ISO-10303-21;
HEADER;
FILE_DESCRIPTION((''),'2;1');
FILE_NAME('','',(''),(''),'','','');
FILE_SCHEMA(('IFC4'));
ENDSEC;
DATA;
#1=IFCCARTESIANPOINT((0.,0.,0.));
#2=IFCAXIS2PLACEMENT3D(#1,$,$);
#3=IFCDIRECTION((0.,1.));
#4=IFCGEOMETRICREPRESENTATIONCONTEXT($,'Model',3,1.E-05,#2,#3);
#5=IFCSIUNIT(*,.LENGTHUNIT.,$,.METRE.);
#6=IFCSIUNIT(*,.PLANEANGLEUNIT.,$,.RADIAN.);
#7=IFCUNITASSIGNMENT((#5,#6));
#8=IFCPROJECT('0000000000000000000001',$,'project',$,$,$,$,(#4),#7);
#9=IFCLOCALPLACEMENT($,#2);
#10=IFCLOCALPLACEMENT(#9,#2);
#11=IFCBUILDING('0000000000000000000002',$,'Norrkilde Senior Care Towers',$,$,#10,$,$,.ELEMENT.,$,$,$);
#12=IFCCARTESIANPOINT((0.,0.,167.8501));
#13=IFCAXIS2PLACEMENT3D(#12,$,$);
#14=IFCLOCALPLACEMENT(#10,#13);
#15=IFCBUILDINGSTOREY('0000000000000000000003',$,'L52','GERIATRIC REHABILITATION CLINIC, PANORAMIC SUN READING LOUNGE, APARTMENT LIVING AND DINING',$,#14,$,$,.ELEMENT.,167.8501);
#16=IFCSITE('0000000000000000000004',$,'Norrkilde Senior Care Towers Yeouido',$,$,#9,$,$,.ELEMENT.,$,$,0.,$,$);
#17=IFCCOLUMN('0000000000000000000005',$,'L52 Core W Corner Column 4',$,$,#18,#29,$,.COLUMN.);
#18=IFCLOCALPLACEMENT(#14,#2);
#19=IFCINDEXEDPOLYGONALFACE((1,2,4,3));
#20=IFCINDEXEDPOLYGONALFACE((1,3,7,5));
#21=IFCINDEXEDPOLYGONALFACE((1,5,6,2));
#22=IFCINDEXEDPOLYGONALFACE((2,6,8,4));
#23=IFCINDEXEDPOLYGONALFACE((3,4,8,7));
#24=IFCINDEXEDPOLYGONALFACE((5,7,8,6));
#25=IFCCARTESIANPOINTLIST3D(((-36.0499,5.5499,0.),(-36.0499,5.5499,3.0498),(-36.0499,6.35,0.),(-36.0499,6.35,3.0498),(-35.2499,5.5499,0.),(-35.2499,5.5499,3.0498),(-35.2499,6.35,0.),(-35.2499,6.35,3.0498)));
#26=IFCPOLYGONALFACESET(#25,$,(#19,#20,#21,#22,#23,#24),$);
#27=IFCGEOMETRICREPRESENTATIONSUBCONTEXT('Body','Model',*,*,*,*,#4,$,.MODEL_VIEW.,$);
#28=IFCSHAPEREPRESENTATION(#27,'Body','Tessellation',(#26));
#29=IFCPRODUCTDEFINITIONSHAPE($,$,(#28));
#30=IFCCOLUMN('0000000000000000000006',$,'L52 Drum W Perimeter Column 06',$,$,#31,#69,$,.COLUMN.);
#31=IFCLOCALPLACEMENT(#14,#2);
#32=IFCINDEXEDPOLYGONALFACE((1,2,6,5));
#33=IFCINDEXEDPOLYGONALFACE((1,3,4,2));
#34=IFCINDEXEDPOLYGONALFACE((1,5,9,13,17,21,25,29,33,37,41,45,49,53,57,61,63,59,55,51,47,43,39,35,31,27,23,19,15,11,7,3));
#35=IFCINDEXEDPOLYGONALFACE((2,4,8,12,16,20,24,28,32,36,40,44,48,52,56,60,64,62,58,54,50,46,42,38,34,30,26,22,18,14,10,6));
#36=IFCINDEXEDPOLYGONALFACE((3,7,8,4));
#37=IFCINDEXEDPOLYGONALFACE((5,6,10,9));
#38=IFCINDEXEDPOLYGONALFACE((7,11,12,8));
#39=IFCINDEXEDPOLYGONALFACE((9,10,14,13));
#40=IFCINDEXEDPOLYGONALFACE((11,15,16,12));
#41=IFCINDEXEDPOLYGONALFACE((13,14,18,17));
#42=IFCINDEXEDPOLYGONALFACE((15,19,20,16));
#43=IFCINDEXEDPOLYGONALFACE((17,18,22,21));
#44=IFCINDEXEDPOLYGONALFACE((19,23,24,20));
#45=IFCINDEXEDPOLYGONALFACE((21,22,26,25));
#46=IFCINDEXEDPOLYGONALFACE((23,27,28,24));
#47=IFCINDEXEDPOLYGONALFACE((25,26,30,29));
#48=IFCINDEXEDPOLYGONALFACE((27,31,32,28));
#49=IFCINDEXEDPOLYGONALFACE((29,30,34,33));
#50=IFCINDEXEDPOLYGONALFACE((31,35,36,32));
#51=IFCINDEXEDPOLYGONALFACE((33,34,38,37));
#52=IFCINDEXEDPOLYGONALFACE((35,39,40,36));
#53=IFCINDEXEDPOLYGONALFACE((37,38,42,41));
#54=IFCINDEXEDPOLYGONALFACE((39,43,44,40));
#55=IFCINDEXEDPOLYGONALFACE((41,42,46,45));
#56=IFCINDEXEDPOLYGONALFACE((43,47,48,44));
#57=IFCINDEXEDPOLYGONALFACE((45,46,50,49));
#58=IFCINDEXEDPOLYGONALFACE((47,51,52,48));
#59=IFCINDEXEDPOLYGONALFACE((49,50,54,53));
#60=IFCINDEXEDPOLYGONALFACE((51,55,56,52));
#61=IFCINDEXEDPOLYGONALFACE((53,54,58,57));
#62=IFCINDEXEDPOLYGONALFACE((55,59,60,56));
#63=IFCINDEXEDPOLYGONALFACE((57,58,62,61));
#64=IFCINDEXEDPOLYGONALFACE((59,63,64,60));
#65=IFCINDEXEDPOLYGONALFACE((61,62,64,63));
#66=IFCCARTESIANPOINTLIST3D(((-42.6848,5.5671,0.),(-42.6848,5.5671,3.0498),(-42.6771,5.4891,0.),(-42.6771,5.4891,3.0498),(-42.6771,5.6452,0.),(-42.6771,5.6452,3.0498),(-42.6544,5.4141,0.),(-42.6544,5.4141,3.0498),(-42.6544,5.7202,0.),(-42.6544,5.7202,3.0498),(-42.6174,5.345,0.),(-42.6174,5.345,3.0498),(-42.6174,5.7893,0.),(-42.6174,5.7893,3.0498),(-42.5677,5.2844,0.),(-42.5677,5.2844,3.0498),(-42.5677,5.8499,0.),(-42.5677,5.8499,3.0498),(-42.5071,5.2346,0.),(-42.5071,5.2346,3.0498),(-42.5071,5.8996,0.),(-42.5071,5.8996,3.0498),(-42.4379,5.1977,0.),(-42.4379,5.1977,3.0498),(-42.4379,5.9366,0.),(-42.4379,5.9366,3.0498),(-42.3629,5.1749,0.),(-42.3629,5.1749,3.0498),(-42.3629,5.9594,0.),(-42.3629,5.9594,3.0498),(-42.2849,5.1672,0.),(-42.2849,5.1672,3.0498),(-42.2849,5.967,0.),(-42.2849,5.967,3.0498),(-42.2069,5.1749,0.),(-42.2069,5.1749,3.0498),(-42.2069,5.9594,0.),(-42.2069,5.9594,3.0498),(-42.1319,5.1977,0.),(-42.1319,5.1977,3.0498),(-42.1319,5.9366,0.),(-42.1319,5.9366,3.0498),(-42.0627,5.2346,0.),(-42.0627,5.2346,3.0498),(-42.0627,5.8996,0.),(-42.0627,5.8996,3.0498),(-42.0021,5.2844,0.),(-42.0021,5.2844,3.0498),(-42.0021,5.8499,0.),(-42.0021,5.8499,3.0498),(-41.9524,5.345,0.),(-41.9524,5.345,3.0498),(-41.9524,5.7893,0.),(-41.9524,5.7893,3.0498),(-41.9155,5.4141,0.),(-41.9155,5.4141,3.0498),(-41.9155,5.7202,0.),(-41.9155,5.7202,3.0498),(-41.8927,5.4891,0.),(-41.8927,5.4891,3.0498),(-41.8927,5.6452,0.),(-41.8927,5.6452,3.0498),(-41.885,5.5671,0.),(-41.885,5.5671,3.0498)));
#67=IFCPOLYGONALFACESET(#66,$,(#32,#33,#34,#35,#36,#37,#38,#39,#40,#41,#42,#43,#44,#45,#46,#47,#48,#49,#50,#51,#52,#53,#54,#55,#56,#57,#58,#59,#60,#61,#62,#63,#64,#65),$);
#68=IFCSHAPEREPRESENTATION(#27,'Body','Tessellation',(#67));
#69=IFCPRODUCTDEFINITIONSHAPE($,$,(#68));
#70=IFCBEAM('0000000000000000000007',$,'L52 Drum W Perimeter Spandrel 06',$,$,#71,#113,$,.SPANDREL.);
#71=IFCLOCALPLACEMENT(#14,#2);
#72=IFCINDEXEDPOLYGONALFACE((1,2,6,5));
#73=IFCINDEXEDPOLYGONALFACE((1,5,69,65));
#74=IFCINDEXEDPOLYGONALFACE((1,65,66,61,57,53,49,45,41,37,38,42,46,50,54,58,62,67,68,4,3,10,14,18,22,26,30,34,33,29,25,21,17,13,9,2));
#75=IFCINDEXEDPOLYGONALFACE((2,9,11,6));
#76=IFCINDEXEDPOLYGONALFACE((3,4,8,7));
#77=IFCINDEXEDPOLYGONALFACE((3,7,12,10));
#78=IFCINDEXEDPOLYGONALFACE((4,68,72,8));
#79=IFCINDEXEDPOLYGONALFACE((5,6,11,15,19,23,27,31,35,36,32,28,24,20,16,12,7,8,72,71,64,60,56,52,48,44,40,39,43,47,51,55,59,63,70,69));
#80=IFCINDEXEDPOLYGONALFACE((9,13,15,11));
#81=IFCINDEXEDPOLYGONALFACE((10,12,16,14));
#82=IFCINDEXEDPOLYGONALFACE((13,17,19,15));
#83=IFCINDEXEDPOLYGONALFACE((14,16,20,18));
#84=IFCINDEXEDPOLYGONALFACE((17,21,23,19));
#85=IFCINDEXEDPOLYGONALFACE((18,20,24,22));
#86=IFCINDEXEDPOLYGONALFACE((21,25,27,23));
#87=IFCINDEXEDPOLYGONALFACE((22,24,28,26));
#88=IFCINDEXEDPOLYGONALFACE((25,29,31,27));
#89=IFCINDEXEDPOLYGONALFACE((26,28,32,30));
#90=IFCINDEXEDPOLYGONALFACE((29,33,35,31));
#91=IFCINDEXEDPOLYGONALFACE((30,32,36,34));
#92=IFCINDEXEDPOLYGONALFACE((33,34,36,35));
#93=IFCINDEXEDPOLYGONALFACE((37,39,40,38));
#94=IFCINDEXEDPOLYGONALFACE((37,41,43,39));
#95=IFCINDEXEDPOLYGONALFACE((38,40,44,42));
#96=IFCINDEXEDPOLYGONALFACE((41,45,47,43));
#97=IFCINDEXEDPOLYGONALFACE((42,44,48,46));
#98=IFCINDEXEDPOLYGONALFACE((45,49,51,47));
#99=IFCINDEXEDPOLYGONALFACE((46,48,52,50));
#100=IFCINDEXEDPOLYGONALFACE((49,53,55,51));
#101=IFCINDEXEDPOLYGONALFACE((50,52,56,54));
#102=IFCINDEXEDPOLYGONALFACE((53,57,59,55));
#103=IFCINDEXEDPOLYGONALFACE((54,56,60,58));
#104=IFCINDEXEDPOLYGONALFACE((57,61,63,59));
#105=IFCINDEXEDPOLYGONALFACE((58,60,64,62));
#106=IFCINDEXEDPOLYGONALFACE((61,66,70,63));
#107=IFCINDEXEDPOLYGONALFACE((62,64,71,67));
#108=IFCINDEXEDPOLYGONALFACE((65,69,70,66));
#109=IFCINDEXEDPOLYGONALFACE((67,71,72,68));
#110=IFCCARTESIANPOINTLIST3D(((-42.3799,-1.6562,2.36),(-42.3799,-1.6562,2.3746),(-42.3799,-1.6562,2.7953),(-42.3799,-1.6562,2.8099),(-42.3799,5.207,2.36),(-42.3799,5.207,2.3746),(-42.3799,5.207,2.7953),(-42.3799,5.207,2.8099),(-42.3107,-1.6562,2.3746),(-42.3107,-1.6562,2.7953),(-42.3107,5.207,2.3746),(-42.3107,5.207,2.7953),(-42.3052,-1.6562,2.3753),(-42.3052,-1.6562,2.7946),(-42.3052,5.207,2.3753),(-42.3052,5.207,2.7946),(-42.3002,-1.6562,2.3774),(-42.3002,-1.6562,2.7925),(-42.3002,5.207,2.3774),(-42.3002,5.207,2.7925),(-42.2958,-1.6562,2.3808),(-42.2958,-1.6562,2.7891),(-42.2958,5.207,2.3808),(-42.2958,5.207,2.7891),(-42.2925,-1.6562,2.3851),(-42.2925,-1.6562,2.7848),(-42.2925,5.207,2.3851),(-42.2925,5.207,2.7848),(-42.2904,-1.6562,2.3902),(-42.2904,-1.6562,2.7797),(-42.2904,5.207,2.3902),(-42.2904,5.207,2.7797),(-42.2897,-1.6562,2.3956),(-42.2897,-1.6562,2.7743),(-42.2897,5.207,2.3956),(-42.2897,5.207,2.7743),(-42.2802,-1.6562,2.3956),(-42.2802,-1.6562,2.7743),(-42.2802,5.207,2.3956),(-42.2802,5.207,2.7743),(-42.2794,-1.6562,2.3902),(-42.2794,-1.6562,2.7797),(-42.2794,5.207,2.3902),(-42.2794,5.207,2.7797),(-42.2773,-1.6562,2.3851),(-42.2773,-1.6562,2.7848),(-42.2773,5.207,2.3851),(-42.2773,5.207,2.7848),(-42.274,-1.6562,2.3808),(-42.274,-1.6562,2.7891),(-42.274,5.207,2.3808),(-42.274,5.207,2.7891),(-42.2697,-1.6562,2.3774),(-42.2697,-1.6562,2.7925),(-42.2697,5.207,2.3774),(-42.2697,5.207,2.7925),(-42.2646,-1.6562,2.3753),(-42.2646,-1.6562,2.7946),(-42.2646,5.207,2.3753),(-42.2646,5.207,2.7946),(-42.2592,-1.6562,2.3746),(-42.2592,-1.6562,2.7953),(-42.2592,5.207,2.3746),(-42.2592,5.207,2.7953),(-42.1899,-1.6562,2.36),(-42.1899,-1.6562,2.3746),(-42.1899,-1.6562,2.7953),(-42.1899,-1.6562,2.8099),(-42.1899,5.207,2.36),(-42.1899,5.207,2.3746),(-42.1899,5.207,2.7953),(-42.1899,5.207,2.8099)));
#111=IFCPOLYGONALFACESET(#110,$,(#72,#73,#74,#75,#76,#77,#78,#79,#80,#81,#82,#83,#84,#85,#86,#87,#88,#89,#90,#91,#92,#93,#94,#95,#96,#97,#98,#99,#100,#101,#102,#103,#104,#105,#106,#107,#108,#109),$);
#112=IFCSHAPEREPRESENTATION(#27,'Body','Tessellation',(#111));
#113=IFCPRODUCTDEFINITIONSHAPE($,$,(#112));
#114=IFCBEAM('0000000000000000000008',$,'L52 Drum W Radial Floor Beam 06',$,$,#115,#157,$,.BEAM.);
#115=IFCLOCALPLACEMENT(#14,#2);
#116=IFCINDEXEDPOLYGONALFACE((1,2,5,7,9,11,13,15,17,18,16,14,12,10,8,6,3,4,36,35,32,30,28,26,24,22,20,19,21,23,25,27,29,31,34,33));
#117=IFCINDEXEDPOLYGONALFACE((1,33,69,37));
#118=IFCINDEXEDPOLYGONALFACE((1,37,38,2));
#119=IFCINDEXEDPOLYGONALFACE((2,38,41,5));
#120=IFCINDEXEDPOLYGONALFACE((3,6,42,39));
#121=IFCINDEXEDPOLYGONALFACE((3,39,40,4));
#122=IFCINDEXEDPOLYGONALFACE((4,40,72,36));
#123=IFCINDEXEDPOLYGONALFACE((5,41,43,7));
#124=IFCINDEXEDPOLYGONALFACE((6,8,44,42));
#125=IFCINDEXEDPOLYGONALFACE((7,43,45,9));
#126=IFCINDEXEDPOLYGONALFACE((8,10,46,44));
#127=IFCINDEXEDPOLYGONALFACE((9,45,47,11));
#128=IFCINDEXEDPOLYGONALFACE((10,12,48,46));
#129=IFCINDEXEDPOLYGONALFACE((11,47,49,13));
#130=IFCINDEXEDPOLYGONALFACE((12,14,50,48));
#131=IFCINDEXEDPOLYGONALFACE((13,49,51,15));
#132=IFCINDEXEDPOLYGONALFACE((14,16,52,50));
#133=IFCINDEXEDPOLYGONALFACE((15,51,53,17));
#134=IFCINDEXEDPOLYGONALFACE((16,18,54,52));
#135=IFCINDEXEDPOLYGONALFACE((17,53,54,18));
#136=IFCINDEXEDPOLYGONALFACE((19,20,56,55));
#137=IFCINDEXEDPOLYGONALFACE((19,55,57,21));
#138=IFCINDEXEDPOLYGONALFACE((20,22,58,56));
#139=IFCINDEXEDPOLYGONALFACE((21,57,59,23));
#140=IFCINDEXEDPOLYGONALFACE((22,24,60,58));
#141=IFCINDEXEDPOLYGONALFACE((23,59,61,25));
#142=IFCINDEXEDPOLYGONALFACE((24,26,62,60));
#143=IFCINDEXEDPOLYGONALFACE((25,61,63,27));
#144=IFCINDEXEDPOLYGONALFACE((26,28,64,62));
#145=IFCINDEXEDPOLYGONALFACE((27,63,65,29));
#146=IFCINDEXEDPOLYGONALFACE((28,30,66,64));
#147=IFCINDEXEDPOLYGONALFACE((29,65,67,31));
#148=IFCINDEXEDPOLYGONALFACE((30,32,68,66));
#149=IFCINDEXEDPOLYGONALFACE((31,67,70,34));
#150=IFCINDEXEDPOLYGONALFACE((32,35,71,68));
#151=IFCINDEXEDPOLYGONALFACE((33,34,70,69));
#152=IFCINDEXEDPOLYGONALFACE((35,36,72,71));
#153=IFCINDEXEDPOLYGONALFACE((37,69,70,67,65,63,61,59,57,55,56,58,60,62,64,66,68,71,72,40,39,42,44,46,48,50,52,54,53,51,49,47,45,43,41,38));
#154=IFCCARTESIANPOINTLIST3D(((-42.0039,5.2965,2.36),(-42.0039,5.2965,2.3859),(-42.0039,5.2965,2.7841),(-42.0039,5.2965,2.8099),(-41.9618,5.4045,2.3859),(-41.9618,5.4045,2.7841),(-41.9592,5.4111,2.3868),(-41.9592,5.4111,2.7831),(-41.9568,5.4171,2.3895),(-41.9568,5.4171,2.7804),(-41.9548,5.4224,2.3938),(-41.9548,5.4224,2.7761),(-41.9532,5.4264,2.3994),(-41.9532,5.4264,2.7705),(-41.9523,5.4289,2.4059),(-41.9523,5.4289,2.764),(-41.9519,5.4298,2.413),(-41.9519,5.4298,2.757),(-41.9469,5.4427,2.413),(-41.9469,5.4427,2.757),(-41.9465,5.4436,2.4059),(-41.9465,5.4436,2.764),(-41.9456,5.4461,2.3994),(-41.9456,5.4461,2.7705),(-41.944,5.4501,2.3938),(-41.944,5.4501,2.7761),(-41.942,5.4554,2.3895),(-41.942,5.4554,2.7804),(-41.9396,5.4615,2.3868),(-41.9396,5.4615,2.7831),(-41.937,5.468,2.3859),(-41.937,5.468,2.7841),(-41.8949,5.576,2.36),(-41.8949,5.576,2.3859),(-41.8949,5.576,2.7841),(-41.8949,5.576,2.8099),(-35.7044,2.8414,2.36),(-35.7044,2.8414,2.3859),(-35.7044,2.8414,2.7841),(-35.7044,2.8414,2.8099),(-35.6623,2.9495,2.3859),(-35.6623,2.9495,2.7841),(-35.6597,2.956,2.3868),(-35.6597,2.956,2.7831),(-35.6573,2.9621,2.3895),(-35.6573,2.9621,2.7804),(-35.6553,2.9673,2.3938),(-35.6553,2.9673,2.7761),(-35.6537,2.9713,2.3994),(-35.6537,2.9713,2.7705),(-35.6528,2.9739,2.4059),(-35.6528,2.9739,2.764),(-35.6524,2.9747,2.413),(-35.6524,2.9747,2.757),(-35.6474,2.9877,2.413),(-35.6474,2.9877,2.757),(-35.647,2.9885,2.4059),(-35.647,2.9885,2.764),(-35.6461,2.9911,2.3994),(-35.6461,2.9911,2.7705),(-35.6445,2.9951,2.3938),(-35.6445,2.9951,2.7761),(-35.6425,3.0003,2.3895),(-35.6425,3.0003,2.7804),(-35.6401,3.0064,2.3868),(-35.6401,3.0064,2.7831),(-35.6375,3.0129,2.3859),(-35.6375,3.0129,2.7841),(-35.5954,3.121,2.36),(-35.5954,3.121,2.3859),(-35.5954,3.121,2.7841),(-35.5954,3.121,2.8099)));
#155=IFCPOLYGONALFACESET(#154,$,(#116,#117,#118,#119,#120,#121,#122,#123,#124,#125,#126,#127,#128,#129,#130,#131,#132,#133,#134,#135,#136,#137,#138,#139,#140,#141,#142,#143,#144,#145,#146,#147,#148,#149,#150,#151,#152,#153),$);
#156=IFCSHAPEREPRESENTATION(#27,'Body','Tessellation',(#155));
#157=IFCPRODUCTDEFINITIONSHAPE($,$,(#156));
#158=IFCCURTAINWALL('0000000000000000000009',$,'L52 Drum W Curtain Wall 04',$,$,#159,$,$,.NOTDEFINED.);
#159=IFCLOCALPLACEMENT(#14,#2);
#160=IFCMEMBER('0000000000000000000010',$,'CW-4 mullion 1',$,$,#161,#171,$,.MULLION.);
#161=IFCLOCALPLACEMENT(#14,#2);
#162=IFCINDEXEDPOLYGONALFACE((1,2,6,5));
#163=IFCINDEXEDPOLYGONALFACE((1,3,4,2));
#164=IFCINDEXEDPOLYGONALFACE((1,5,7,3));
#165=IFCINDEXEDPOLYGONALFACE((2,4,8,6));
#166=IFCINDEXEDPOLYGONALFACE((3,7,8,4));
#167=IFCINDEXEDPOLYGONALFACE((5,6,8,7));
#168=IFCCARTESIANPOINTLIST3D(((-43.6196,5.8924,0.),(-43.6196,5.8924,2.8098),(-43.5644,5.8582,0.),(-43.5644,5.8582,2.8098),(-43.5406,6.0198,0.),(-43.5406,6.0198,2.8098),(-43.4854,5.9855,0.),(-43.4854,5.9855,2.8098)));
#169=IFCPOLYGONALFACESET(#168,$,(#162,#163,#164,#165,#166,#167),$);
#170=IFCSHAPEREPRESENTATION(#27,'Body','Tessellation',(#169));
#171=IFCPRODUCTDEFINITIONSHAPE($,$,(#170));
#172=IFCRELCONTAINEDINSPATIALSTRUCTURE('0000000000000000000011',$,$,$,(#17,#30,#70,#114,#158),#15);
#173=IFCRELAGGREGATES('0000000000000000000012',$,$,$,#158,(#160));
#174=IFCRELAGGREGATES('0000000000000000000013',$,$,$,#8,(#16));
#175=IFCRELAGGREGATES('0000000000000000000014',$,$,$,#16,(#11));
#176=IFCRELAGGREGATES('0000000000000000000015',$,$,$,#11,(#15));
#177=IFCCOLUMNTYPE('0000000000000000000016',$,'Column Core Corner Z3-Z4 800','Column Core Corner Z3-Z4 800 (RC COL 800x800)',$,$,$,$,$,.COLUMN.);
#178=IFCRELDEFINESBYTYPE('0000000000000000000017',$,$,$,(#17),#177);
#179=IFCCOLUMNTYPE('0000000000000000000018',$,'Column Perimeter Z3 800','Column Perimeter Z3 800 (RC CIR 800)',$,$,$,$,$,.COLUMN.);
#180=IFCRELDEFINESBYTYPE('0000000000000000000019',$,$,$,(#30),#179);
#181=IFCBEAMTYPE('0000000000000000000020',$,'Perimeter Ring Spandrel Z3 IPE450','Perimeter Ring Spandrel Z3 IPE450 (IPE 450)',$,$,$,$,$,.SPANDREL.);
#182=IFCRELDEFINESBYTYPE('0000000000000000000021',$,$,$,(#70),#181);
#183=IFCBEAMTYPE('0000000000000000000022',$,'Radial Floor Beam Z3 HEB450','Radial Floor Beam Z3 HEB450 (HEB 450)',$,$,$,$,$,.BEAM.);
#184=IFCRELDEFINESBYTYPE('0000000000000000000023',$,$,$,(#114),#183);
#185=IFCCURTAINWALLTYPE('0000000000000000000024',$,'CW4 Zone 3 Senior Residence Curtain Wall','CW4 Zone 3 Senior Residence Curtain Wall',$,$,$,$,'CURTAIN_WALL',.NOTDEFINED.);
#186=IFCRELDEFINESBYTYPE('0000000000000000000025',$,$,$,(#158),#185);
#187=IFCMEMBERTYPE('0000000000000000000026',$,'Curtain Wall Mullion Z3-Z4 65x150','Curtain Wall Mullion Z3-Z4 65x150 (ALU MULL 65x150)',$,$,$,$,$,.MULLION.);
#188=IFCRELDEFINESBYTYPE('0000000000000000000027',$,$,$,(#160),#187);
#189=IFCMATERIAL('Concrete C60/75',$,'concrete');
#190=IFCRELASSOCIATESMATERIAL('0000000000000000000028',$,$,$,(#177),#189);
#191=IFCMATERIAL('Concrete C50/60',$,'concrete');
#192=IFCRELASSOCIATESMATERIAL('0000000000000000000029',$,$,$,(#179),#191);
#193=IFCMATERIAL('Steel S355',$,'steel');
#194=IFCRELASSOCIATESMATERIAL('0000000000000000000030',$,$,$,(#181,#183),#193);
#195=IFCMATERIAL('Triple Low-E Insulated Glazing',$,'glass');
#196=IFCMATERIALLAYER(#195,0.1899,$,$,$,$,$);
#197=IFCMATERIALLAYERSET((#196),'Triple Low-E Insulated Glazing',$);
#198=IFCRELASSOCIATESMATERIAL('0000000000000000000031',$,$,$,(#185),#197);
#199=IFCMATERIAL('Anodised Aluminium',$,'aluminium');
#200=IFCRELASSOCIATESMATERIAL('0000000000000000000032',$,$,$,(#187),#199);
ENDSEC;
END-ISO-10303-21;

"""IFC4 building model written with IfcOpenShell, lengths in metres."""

from ifc_helpers import new_model, si_unit, direction, frame, origin, origin_2d, place, context, subcontext, project, spatial, rectangle, circle, i_section, extrude, source, transform, mapped, material, layer, layer_set, material_profile, profile_set, type_object, type_shapes, element, aggregate, save


model = new_model("IFC4")

# Units and contexts
model_context = context("Model", 3, precision=1e-05, world=origin(), true_north=direction((0.0, 1.0)))
body_context = subcontext(model_context, "Body", "Model", "MODEL_VIEW")
ifc_project = project(units=[si_unit("LENGTHUNIT", "METRE"), si_unit("PLANEANGLEUNIT", "RADIAN")], contexts=[model_context])

# Site, building, storey
site_placement = place(None, origin())
site = spatial("IfcSite", under=ifc_project, at=site_placement, Name="Norrkilde Senior Care Towers Yeouido", CompositionType="ELEMENT", RefElevation=0.0)
building_placement = place(site_placement, origin())
building = spatial("IfcBuilding", under=site, at=building_placement, Name="Norrkilde Senior Care Towers", CompositionType="ELEMENT")
storey_placement = place(building_placement, frame((0.0, 0.0, 167.8501)))
storey = spatial("IfcBuildingStorey", under=building, at=storey_placement, Name="L52", Description="GERIATRIC REHABILITATION CLINIC, PANORAMIC SUN READING LOUNGE, APARTMENT LIVING AND DINING", CompositionType="ELEMENT", Elevation=167.8501)

# Columns
ifc_material_1 = material(Name="Concrete C60/75", Category="concrete")
ifc_material_profile_1 = material_profile(ifc_material_1, rectangle(XDim=0.8, YDim=0.8, at=origin_2d()), Name="RC COL 800x800")
ifc_profile_set_1 = profile_set([ifc_material_profile_1], Name="Concrete C60/75")
column_type_1 = type_object("IfcColumnType", Name="Column Core Corner Z3-Z4 800", Description="Column Core Corner Z3-Z4 800 (RC COL 800x800)", PredefinedType="COLUMN", material=ifc_profile_set_1)
shared_shape_1 = source(origin(), body_context, "Body", "SweptSolid", [
    extrude(rectangle(XDim=0.8, YDim=0.8, at=origin_2d()), origin(), (0.0, 0.0, 1.0), 3.0498),
])
type_shapes(column_type_1, [shared_shape_1])
column_1_placement = place(storey_placement, frame((-35.6499, 5.95, 0.0), z_axis=(0.0, 0.0, 1.0), x_axis=(1.0, 0.0, 0.0)))
element("IfcColumn", 1, at=column_1_placement, inside=storey, type_object=column_type_1, Name="L52 Core W Corner Column 4", PredefinedType="COLUMN", context=body_context, shape_type="MappedRepresentation", body=[
    mapped(shared_shape_1, transform((0.0, 0.0, 0.0), x_axis=(1.0, 0.0, 0.0), y_axis=(0.0, 1.0, 0.0), z_axis=(0.0, 0.0, 1.0), scale=1.0)),
])
ifc_material_2 = material(Name="Concrete C50/60", Category="concrete")
ifc_material_profile_2 = material_profile(ifc_material_2, circle(Radius=0.3999, at=origin_2d()), Name="RC CIR 800")
ifc_profile_set_2 = profile_set([ifc_material_profile_2], Name="Concrete C50/60")
column_type_2 = type_object("IfcColumnType", Name="Column Perimeter Z3 800", Description="Column Perimeter Z3 800 (RC CIR 800)", PredefinedType="COLUMN", material=ifc_profile_set_2)
shared_shape_2 = source(origin(), body_context, "Body", "SweptSolid", [
    extrude(circle(Radius=0.3999, at=origin_2d()), origin(), (0.0, 0.0, 1.0), 3.0498),
])
type_shapes(column_type_2, [shared_shape_2])
column_2_placement = place(storey_placement, frame((-42.2849, 5.5671, 0.0), z_axis=(0.0, 0.0, 1.0), x_axis=(1.0, 0.0, 0.0)))
element("IfcColumn", 2, at=column_2_placement, inside=storey, type_object=column_type_2, Name="L52 Drum W Perimeter Column 06", PredefinedType="COLUMN", context=body_context, shape_type="MappedRepresentation", body=[
    mapped(shared_shape_2, transform((0.0, 0.0, 0.0), x_axis=(1.0, 0.0, 0.0), y_axis=(0.0, 1.0, 0.0), z_axis=(0.0, 0.0, 1.0), scale=1.0)),
])

# Beams
ifc_material_3 = material(Name="Steel S355", Category="steel")
ifc_material_profile_3 = material_profile(ifc_material_3, i_section(OverallWidth=0.1899, OverallDepth=0.45, WebThickness=0.0095, FlangeThickness=0.0146, FilletRadius=0.021, at=origin_2d()), Name="IPE 450")
ifc_profile_set_3 = profile_set([ifc_material_profile_3], Name="Steel S355")
beam_type_1 = type_object("IfcBeamType", Name="Perimeter Ring Spandrel Z3 IPE450", Description="Perimeter Ring Spandrel Z3 IPE450 (IPE 450)", PredefinedType="SPANDREL", material=ifc_profile_set_3)
shared_shape_3 = source(origin(), body_context, "Body", "SweptSolid", [
    extrude(i_section(OverallWidth=0.1899, OverallDepth=0.45, WebThickness=0.0095, FlangeThickness=0.0146, FilletRadius=0.021, at=origin_2d()), origin(), (0.0, 0.0, 1.0), 6.8633),
])
type_shapes(beam_type_1, [shared_shape_3])
beam_1_placement = place(storey_placement, frame((-42.2849, 5.207, 2.585), z_axis=(0.0, -1.0, 0.0), x_axis=(1.0, 0.0, 0.0)))
element("IfcBeam", 3, at=beam_1_placement, inside=storey, type_object=beam_type_1, Name="L52 Drum W Perimeter Spandrel 06", PredefinedType="SPANDREL", context=body_context, shape_type="MappedRepresentation", body=[
    mapped(shared_shape_3, transform((0.0, 0.0, 0.0), x_axis=(1.0, 0.0, 0.0), y_axis=(0.0, 1.0, 0.0), z_axis=(0.0, 0.0, 1.0), scale=1.0)),
])
ifc_material_profile_4 = material_profile(ifc_material_3, i_section(OverallWidth=0.3, OverallDepth=0.45, WebThickness=0.0139, FlangeThickness=0.0259, FilletRadius=0.0271, at=origin_2d()), Name="HEB 450")
ifc_profile_set_4 = profile_set([ifc_material_profile_4], Name="Steel S355")
beam_type_2 = type_object("IfcBeamType", Name="Radial Floor Beam Z3 HEB450", Description="Radial Floor Beam Z3 HEB450 (HEB 450)", PredefinedType="BEAM", material=ifc_profile_set_4)
shared_shape_4 = source(origin(), body_context, "Body", "SweptSolid", [
    extrude(i_section(OverallWidth=0.3, OverallDepth=0.45, WebThickness=0.0139, FlangeThickness=0.0259, FilletRadius=0.0271, at=origin_2d()), origin(), (0.0, 0.0, 1.0), 6.761),
])
type_shapes(beam_type_2, [shared_shape_4])
beam_2_placement = place(storey_placement, frame((-35.6499, 2.9812, 2.585), z_axis=(-0.931742, 0.363121, 0.0), x_axis=(-0.363121, -0.931742, 0.0)))
element("IfcBeam", 4, at=beam_2_placement, inside=storey, type_object=beam_type_2, Name="L52 Drum W Radial Floor Beam 06", PredefinedType="BEAM", context=body_context, shape_type="MappedRepresentation", body=[
    mapped(shared_shape_4, transform((0.0, 0.0, 0.0), x_axis=(1.0, 0.0, 0.0), y_axis=(0.0, 1.0, 0.0), z_axis=(0.0, 0.0, 1.0), scale=1.0)),
])

# Curtain wall, member
ifc_material_4 = material(Name="Triple Low-E Insulated Glazing", Category="glass")
ifc_layer_1 = layer(ifc_material_4, 0.1899)
ifc_layer_set_1 = layer_set([ifc_layer_1], Name="Triple Low-E Insulated Glazing")
curtain_wall_type = type_object("IfcCurtainWallType", Name="CW4 Zone 3 Senior Residence Curtain Wall", Description="CW4 Zone 3 Senior Residence Curtain Wall", ElementType="CURTAIN_WALL", PredefinedType="NOTDEFINED", material=ifc_layer_set_1)
curtain_wall_1_placement = place(storey_placement, origin())
curtain_wall_1 = element("IfcCurtainWall", 5, at=curtain_wall_1_placement, inside=storey, type_object=curtain_wall_type, Name="L52 Drum W Curtain Wall 04", PredefinedType="NOTDEFINED")
ifc_material_5 = material(Name="Anodised Aluminium", Category="aluminium")
ifc_material_profile_5 = material_profile(ifc_material_5, rectangle(XDim=0.0649, YDim=0.1499, at=origin_2d()), Name="ALU MULL 65x150")
ifc_profile_set_5 = profile_set([ifc_material_profile_5], Name="Anodised Aluminium")
member_type = type_object("IfcMemberType", Name="Curtain Wall Mullion Z3-Z4 65x150", Description="Curtain Wall Mullion Z3-Z4 65x150 (ALU MULL 65x150)", PredefinedType="MULLION", material=ifc_profile_set_5)
shared_shape_5 = source(origin(), body_context, "Body", "SweptSolid", [
    extrude(rectangle(XDim=0.0649, YDim=0.1499, at=origin_2d()), origin(), (0.0, 0.0, 1.0), 2.8098),
])
type_shapes(member_type, [shared_shape_5])
member_1_placement = place(storey_placement, frame((-43.5525, 5.939, 0.0), z_axis=(0.0, 0.0, 1.0), x_axis=(-0.849634, 0.527373, 0.0)))
member_1 = element("IfcMember", 6, at=member_1_placement, type_object=member_type, Name="CW-4 mullion 1", PredefinedType="MULLION", context=body_context, shape_type="MappedRepresentation", body=[
    mapped(shared_shape_5, transform((0.0, 0.0, 0.0), x_axis=(1.0, 0.0, 0.0), y_axis=(0.0, 1.0, 0.0), z_axis=(0.0, 0.0, 1.0), scale=1.0)),
])
aggregate(curtain_wall_1, [member_1])

save(model, "model.ifc")
